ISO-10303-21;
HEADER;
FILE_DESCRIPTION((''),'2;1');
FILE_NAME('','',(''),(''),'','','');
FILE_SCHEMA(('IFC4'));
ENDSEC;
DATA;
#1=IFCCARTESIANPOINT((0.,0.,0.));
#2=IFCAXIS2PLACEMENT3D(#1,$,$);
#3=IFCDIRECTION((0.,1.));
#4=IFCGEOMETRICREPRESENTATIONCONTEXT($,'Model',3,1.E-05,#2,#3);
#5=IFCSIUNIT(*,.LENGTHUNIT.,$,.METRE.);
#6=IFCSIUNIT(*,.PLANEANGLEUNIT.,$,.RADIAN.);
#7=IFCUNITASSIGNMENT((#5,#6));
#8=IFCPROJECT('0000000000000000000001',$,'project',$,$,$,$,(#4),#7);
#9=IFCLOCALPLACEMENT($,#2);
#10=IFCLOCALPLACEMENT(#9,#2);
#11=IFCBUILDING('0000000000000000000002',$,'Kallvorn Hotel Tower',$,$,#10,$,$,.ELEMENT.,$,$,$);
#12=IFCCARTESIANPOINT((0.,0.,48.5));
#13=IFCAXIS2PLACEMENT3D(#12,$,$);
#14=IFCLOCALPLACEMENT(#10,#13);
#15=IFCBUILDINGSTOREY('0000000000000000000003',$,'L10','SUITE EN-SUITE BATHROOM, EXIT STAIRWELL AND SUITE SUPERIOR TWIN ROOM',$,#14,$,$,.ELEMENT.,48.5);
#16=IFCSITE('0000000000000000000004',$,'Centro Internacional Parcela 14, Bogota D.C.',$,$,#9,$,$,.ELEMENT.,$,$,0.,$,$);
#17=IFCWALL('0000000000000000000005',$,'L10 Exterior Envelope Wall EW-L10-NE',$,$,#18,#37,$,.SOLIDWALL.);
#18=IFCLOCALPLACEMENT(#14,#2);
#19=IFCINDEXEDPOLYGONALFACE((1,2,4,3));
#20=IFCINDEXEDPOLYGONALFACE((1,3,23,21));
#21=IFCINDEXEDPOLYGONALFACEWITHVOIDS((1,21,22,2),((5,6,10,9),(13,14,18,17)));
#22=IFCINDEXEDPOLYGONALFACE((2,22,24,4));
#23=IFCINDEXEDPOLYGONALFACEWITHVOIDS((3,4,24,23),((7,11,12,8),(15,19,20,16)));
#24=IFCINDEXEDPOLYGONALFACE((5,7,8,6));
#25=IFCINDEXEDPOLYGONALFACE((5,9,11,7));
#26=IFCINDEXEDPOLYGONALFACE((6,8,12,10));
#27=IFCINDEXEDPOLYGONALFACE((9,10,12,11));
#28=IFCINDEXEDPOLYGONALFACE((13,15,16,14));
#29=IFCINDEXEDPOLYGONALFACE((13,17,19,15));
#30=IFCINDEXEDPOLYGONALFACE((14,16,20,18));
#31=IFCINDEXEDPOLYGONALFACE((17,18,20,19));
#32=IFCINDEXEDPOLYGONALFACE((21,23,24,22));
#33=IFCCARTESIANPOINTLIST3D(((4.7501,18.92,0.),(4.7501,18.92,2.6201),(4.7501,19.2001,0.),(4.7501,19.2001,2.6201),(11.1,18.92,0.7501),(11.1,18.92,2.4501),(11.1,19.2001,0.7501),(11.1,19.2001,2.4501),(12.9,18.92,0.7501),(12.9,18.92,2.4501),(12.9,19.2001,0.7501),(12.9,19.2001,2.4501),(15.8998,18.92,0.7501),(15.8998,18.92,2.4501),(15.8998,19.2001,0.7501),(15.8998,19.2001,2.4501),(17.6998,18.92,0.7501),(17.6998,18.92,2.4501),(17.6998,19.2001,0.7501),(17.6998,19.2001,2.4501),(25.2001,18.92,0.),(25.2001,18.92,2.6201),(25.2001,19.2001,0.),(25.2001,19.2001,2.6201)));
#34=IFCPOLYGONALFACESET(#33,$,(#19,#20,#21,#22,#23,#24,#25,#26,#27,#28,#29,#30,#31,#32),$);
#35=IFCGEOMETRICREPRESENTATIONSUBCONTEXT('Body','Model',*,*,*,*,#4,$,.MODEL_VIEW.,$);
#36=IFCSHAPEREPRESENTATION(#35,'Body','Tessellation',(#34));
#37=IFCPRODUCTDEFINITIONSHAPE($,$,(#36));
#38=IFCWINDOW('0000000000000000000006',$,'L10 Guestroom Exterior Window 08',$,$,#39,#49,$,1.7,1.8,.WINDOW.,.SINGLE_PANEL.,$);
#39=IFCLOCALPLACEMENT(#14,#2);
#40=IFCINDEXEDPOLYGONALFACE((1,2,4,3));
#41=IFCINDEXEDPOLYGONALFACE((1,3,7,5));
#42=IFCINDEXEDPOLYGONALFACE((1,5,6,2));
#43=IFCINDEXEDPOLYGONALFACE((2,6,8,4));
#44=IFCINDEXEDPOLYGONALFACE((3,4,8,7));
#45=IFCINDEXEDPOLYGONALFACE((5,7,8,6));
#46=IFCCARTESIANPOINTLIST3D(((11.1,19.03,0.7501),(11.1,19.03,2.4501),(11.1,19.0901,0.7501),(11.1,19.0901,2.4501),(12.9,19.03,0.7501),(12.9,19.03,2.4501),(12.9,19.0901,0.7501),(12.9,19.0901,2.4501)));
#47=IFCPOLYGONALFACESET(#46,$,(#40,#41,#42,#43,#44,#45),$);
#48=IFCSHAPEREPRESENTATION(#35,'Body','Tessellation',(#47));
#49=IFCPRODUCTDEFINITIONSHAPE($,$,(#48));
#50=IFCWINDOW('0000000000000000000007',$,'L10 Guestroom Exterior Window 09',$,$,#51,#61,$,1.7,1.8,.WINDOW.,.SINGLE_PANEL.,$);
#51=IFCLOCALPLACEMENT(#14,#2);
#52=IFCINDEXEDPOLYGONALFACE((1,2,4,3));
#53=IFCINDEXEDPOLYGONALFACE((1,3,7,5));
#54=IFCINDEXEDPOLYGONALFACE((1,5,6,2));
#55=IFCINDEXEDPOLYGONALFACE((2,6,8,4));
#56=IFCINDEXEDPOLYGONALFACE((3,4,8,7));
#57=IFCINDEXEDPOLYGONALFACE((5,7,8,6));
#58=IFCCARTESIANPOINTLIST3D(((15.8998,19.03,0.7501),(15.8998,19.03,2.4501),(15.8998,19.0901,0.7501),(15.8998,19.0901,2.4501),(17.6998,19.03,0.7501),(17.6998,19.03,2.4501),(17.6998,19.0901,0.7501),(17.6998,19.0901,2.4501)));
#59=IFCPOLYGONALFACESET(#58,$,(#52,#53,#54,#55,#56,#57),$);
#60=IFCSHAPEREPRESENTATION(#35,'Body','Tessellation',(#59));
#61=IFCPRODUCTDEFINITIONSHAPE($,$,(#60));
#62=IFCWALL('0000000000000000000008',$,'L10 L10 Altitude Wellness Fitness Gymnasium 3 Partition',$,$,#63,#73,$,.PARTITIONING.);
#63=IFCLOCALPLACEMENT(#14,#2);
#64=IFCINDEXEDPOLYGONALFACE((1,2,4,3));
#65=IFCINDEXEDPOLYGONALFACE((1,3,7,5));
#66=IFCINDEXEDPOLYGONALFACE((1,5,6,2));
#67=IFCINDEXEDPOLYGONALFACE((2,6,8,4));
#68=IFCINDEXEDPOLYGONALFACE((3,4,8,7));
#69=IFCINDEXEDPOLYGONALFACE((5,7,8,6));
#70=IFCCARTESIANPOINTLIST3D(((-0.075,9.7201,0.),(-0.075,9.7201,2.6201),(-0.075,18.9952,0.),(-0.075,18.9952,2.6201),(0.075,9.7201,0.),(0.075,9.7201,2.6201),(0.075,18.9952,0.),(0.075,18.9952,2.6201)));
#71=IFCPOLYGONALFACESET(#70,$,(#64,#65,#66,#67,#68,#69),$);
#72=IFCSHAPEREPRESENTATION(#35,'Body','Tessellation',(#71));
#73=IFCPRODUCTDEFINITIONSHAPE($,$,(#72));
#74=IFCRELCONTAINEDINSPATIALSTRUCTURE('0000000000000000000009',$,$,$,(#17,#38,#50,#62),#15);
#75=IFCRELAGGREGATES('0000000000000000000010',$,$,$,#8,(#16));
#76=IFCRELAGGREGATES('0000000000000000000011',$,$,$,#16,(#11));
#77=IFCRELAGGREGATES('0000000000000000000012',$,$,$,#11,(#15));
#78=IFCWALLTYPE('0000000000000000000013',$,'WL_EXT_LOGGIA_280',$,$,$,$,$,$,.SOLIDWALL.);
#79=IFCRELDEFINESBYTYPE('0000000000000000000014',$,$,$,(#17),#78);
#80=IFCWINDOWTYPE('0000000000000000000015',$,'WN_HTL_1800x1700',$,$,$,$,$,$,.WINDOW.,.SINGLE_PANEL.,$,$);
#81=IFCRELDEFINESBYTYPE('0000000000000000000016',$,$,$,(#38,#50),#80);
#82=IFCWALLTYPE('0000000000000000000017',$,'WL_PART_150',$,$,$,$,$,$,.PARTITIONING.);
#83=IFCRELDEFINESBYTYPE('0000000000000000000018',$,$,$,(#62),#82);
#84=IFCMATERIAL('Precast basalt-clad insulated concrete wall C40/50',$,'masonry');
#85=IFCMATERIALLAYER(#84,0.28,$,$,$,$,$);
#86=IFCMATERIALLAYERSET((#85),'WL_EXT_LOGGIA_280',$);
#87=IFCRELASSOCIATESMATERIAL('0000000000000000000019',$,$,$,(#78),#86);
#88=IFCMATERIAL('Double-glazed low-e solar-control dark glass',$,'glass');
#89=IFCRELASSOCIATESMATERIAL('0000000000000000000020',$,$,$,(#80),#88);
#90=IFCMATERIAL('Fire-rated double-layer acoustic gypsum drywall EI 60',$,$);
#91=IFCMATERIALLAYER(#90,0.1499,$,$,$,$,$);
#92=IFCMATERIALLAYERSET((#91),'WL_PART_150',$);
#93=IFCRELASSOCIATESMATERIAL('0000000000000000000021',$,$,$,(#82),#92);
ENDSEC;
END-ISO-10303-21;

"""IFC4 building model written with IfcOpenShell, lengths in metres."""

from ifc_helpers import new_model, si_unit, direction, frame, frame_2d, origin, place, context, subcontext, project, spatial, rectangle, extrude, material, layer, layer_set, type_object, element, fill, save


model = new_model("IFC4")

# Units and contexts
model_context = context("Model", 3, precision=1e-05, world=origin(), true_north=direction((0.0, 1.0)))
body_context = subcontext(model_context, "Body", "Model", "MODEL_VIEW")
ifc_project = project(units=[si_unit("LENGTHUNIT", "METRE"), si_unit("PLANEANGLEUNIT", "RADIAN")], contexts=[model_context])

# Site, building, storey
site_placement = place(None, origin())
site = spatial("IfcSite", under=ifc_project, at=site_placement, Name="Centro Internacional Parcela 14, Bogota D.C.", CompositionType="ELEMENT", RefElevation=0.0)
building_placement = place(site_placement, origin())
building = spatial("IfcBuilding", under=site, at=building_placement, Name="Kallvorn Hotel Tower", CompositionType="ELEMENT")
storey_placement = place(building_placement, frame((0.0, 0.0, 48.5)))
storey = spatial("IfcBuildingStorey", under=building, at=storey_placement, Name="L10", Description="SUITE EN-SUITE BATHROOM, EXIT STAIRWELL AND SUITE SUPERIOR TWIN ROOM", CompositionType="ELEMENT", Elevation=48.5)

# Wall, openings, windows
ifc_material_1 = material(Name="Precast basalt-clad insulated concrete wall C40/50", Category="masonry")
ifc_layer_1 = layer(ifc_material_1, 0.28)
ifc_layer_set_1 = layer_set([ifc_layer_1], Name="WL_EXT_LOGGIA_280")
wall_type_1 = type_object("IfcWallType", Name="WL_EXT_LOGGIA_280", PredefinedType="SOLIDWALL", material=ifc_layer_set_1)
wall_1_placement = place(storey_placement, frame((4.75, 19.0601, 0.0), z_axis=(0.0, 0.0, 1.0), x_axis=(1.0, 0.0, 0.0)))
wall_1 = element("IfcWall", 1, at=wall_1_placement, inside=storey, type_object=wall_type_1, Name="L10 Exterior Envelope Wall EW-L10-NE", PredefinedType="SOLIDWALL", context=body_context, shape_type="SweptSolid", body=[
    extrude(rectangle(XDim=20.45, YDim=0.28, at=frame_2d((10.2251, 0.0))), origin(), (0.0, 0.0, 1.0), 2.6201),
])
opening_1_placement = place(wall_1_placement, frame((6.3501, 0.0, 0.75)))
opening_1 = element("IfcOpeningElement", 2, at=opening_1_placement, cuts=wall_1, PredefinedType="OPENING", context=body_context, shape_type="SweptSolid", body=[
    extrude(rectangle(XDim=1.8, YDim=1.7, at=frame_2d((0.8999, 0.8501))), frame((0.0, 0.155, 0.0), z_axis=(0.0, -1.0, 0.0), x_axis=(1.0, 0.0, 0.0)), (0.0, 0.0, 1.0), 0.3101),
])
opening_2_placement = place(wall_1_placement, frame((11.1499, 0.0, 0.75)))
opening_2 = element("IfcOpeningElement", 3, at=opening_2_placement, cuts=wall_1, PredefinedType="OPENING", context=body_context, shape_type="SweptSolid", body=[
    extrude(rectangle(XDim=1.8, YDim=1.7, at=frame_2d((0.8999, 0.8501))), frame((0.0, 0.155, 0.0), z_axis=(0.0, -1.0, 0.0), x_axis=(1.0, 0.0, 0.0)), (0.0, 0.0, 1.0), 0.3101),
])
ifc_material_2 = material(Name="Double-glazed low-e solar-control dark glass", Category="glass")
window_type = type_object("IfcWindowType", Name="WN_HTL_1800x1700", PartitioningType="SINGLE_PANEL", PredefinedType="WINDOW", material=ifc_material_2)
window_1_placement = place(opening_1_placement, origin())
window_1 = element("IfcWindow", 4, at=window_1_placement, inside=storey, type_object=window_type, Name="L10 Guestroom Exterior Window 08", OverallHeight=1.7, OverallWidth=1.8, PartitioningType="SINGLE_PANEL", PredefinedType="WINDOW", context=body_context, shape_type="SweptSolid", body=[
    extrude(rectangle(XDim=1.8, YDim=1.7, at=frame_2d((0.8999, 0.8501))), frame((0.0, 0.03, 0.0), z_axis=(0.0, -1.0, 0.0), x_axis=(1.0, 0.0, 0.0)), (0.0, 0.0, 1.0), 0.0601),
])
fill(opening_1, window_1)
window_2_placement = place(opening_2_placement, origin())
window_2 = element("IfcWindow", 5, at=window_2_placement, inside=storey, type_object=window_type, Name="L10 Guestroom Exterior Window 09", OverallHeight=1.7, OverallWidth=1.8, PartitioningType="SINGLE_PANEL", PredefinedType="WINDOW", context=body_context, shape_type="SweptSolid", body=[
    extrude(rectangle(XDim=1.8, YDim=1.7, at=frame_2d((0.8999, 0.8501))), frame((0.0, 0.03, 0.0), z_axis=(0.0, -1.0, 0.0), x_axis=(1.0, 0.0, 0.0)), (0.0, 0.0, 1.0), 0.0601),
])
fill(opening_2, window_2)

# Wall
ifc_material_3 = material(Name="Fire-rated double-layer acoustic gypsum drywall EI 60")
ifc_layer_2 = layer(ifc_material_3, 0.1499)
ifc_layer_set_2 = layer_set([ifc_layer_2], Name="WL_PART_150")
wall_type_2 = type_object("IfcWallType", Name="WL_PART_150", PredefinedType="PARTITIONING", material=ifc_layer_set_2)
wall_2_placement = place(storey_placement, frame((0.0, 9.72, 0.0), z_axis=(0.0, 0.0, 1.0), x_axis=(0.0, 1.0, 0.0)))
element("IfcWall", 6, at=wall_2_placement, inside=storey, type_object=wall_type_2, Name="L10 L10 Altitude Wellness Fitness Gymnasium 3 Partition", PredefinedType="PARTITIONING", context=body_context, shape_type="SweptSolid", body=[
    extrude(rectangle(XDim=9.2751, YDim=0.1499, at=frame_2d((4.6377, 0.0))), origin(), (0.0, 0.0, 1.0), 2.6201),
])

save(model, "model.ifc")
